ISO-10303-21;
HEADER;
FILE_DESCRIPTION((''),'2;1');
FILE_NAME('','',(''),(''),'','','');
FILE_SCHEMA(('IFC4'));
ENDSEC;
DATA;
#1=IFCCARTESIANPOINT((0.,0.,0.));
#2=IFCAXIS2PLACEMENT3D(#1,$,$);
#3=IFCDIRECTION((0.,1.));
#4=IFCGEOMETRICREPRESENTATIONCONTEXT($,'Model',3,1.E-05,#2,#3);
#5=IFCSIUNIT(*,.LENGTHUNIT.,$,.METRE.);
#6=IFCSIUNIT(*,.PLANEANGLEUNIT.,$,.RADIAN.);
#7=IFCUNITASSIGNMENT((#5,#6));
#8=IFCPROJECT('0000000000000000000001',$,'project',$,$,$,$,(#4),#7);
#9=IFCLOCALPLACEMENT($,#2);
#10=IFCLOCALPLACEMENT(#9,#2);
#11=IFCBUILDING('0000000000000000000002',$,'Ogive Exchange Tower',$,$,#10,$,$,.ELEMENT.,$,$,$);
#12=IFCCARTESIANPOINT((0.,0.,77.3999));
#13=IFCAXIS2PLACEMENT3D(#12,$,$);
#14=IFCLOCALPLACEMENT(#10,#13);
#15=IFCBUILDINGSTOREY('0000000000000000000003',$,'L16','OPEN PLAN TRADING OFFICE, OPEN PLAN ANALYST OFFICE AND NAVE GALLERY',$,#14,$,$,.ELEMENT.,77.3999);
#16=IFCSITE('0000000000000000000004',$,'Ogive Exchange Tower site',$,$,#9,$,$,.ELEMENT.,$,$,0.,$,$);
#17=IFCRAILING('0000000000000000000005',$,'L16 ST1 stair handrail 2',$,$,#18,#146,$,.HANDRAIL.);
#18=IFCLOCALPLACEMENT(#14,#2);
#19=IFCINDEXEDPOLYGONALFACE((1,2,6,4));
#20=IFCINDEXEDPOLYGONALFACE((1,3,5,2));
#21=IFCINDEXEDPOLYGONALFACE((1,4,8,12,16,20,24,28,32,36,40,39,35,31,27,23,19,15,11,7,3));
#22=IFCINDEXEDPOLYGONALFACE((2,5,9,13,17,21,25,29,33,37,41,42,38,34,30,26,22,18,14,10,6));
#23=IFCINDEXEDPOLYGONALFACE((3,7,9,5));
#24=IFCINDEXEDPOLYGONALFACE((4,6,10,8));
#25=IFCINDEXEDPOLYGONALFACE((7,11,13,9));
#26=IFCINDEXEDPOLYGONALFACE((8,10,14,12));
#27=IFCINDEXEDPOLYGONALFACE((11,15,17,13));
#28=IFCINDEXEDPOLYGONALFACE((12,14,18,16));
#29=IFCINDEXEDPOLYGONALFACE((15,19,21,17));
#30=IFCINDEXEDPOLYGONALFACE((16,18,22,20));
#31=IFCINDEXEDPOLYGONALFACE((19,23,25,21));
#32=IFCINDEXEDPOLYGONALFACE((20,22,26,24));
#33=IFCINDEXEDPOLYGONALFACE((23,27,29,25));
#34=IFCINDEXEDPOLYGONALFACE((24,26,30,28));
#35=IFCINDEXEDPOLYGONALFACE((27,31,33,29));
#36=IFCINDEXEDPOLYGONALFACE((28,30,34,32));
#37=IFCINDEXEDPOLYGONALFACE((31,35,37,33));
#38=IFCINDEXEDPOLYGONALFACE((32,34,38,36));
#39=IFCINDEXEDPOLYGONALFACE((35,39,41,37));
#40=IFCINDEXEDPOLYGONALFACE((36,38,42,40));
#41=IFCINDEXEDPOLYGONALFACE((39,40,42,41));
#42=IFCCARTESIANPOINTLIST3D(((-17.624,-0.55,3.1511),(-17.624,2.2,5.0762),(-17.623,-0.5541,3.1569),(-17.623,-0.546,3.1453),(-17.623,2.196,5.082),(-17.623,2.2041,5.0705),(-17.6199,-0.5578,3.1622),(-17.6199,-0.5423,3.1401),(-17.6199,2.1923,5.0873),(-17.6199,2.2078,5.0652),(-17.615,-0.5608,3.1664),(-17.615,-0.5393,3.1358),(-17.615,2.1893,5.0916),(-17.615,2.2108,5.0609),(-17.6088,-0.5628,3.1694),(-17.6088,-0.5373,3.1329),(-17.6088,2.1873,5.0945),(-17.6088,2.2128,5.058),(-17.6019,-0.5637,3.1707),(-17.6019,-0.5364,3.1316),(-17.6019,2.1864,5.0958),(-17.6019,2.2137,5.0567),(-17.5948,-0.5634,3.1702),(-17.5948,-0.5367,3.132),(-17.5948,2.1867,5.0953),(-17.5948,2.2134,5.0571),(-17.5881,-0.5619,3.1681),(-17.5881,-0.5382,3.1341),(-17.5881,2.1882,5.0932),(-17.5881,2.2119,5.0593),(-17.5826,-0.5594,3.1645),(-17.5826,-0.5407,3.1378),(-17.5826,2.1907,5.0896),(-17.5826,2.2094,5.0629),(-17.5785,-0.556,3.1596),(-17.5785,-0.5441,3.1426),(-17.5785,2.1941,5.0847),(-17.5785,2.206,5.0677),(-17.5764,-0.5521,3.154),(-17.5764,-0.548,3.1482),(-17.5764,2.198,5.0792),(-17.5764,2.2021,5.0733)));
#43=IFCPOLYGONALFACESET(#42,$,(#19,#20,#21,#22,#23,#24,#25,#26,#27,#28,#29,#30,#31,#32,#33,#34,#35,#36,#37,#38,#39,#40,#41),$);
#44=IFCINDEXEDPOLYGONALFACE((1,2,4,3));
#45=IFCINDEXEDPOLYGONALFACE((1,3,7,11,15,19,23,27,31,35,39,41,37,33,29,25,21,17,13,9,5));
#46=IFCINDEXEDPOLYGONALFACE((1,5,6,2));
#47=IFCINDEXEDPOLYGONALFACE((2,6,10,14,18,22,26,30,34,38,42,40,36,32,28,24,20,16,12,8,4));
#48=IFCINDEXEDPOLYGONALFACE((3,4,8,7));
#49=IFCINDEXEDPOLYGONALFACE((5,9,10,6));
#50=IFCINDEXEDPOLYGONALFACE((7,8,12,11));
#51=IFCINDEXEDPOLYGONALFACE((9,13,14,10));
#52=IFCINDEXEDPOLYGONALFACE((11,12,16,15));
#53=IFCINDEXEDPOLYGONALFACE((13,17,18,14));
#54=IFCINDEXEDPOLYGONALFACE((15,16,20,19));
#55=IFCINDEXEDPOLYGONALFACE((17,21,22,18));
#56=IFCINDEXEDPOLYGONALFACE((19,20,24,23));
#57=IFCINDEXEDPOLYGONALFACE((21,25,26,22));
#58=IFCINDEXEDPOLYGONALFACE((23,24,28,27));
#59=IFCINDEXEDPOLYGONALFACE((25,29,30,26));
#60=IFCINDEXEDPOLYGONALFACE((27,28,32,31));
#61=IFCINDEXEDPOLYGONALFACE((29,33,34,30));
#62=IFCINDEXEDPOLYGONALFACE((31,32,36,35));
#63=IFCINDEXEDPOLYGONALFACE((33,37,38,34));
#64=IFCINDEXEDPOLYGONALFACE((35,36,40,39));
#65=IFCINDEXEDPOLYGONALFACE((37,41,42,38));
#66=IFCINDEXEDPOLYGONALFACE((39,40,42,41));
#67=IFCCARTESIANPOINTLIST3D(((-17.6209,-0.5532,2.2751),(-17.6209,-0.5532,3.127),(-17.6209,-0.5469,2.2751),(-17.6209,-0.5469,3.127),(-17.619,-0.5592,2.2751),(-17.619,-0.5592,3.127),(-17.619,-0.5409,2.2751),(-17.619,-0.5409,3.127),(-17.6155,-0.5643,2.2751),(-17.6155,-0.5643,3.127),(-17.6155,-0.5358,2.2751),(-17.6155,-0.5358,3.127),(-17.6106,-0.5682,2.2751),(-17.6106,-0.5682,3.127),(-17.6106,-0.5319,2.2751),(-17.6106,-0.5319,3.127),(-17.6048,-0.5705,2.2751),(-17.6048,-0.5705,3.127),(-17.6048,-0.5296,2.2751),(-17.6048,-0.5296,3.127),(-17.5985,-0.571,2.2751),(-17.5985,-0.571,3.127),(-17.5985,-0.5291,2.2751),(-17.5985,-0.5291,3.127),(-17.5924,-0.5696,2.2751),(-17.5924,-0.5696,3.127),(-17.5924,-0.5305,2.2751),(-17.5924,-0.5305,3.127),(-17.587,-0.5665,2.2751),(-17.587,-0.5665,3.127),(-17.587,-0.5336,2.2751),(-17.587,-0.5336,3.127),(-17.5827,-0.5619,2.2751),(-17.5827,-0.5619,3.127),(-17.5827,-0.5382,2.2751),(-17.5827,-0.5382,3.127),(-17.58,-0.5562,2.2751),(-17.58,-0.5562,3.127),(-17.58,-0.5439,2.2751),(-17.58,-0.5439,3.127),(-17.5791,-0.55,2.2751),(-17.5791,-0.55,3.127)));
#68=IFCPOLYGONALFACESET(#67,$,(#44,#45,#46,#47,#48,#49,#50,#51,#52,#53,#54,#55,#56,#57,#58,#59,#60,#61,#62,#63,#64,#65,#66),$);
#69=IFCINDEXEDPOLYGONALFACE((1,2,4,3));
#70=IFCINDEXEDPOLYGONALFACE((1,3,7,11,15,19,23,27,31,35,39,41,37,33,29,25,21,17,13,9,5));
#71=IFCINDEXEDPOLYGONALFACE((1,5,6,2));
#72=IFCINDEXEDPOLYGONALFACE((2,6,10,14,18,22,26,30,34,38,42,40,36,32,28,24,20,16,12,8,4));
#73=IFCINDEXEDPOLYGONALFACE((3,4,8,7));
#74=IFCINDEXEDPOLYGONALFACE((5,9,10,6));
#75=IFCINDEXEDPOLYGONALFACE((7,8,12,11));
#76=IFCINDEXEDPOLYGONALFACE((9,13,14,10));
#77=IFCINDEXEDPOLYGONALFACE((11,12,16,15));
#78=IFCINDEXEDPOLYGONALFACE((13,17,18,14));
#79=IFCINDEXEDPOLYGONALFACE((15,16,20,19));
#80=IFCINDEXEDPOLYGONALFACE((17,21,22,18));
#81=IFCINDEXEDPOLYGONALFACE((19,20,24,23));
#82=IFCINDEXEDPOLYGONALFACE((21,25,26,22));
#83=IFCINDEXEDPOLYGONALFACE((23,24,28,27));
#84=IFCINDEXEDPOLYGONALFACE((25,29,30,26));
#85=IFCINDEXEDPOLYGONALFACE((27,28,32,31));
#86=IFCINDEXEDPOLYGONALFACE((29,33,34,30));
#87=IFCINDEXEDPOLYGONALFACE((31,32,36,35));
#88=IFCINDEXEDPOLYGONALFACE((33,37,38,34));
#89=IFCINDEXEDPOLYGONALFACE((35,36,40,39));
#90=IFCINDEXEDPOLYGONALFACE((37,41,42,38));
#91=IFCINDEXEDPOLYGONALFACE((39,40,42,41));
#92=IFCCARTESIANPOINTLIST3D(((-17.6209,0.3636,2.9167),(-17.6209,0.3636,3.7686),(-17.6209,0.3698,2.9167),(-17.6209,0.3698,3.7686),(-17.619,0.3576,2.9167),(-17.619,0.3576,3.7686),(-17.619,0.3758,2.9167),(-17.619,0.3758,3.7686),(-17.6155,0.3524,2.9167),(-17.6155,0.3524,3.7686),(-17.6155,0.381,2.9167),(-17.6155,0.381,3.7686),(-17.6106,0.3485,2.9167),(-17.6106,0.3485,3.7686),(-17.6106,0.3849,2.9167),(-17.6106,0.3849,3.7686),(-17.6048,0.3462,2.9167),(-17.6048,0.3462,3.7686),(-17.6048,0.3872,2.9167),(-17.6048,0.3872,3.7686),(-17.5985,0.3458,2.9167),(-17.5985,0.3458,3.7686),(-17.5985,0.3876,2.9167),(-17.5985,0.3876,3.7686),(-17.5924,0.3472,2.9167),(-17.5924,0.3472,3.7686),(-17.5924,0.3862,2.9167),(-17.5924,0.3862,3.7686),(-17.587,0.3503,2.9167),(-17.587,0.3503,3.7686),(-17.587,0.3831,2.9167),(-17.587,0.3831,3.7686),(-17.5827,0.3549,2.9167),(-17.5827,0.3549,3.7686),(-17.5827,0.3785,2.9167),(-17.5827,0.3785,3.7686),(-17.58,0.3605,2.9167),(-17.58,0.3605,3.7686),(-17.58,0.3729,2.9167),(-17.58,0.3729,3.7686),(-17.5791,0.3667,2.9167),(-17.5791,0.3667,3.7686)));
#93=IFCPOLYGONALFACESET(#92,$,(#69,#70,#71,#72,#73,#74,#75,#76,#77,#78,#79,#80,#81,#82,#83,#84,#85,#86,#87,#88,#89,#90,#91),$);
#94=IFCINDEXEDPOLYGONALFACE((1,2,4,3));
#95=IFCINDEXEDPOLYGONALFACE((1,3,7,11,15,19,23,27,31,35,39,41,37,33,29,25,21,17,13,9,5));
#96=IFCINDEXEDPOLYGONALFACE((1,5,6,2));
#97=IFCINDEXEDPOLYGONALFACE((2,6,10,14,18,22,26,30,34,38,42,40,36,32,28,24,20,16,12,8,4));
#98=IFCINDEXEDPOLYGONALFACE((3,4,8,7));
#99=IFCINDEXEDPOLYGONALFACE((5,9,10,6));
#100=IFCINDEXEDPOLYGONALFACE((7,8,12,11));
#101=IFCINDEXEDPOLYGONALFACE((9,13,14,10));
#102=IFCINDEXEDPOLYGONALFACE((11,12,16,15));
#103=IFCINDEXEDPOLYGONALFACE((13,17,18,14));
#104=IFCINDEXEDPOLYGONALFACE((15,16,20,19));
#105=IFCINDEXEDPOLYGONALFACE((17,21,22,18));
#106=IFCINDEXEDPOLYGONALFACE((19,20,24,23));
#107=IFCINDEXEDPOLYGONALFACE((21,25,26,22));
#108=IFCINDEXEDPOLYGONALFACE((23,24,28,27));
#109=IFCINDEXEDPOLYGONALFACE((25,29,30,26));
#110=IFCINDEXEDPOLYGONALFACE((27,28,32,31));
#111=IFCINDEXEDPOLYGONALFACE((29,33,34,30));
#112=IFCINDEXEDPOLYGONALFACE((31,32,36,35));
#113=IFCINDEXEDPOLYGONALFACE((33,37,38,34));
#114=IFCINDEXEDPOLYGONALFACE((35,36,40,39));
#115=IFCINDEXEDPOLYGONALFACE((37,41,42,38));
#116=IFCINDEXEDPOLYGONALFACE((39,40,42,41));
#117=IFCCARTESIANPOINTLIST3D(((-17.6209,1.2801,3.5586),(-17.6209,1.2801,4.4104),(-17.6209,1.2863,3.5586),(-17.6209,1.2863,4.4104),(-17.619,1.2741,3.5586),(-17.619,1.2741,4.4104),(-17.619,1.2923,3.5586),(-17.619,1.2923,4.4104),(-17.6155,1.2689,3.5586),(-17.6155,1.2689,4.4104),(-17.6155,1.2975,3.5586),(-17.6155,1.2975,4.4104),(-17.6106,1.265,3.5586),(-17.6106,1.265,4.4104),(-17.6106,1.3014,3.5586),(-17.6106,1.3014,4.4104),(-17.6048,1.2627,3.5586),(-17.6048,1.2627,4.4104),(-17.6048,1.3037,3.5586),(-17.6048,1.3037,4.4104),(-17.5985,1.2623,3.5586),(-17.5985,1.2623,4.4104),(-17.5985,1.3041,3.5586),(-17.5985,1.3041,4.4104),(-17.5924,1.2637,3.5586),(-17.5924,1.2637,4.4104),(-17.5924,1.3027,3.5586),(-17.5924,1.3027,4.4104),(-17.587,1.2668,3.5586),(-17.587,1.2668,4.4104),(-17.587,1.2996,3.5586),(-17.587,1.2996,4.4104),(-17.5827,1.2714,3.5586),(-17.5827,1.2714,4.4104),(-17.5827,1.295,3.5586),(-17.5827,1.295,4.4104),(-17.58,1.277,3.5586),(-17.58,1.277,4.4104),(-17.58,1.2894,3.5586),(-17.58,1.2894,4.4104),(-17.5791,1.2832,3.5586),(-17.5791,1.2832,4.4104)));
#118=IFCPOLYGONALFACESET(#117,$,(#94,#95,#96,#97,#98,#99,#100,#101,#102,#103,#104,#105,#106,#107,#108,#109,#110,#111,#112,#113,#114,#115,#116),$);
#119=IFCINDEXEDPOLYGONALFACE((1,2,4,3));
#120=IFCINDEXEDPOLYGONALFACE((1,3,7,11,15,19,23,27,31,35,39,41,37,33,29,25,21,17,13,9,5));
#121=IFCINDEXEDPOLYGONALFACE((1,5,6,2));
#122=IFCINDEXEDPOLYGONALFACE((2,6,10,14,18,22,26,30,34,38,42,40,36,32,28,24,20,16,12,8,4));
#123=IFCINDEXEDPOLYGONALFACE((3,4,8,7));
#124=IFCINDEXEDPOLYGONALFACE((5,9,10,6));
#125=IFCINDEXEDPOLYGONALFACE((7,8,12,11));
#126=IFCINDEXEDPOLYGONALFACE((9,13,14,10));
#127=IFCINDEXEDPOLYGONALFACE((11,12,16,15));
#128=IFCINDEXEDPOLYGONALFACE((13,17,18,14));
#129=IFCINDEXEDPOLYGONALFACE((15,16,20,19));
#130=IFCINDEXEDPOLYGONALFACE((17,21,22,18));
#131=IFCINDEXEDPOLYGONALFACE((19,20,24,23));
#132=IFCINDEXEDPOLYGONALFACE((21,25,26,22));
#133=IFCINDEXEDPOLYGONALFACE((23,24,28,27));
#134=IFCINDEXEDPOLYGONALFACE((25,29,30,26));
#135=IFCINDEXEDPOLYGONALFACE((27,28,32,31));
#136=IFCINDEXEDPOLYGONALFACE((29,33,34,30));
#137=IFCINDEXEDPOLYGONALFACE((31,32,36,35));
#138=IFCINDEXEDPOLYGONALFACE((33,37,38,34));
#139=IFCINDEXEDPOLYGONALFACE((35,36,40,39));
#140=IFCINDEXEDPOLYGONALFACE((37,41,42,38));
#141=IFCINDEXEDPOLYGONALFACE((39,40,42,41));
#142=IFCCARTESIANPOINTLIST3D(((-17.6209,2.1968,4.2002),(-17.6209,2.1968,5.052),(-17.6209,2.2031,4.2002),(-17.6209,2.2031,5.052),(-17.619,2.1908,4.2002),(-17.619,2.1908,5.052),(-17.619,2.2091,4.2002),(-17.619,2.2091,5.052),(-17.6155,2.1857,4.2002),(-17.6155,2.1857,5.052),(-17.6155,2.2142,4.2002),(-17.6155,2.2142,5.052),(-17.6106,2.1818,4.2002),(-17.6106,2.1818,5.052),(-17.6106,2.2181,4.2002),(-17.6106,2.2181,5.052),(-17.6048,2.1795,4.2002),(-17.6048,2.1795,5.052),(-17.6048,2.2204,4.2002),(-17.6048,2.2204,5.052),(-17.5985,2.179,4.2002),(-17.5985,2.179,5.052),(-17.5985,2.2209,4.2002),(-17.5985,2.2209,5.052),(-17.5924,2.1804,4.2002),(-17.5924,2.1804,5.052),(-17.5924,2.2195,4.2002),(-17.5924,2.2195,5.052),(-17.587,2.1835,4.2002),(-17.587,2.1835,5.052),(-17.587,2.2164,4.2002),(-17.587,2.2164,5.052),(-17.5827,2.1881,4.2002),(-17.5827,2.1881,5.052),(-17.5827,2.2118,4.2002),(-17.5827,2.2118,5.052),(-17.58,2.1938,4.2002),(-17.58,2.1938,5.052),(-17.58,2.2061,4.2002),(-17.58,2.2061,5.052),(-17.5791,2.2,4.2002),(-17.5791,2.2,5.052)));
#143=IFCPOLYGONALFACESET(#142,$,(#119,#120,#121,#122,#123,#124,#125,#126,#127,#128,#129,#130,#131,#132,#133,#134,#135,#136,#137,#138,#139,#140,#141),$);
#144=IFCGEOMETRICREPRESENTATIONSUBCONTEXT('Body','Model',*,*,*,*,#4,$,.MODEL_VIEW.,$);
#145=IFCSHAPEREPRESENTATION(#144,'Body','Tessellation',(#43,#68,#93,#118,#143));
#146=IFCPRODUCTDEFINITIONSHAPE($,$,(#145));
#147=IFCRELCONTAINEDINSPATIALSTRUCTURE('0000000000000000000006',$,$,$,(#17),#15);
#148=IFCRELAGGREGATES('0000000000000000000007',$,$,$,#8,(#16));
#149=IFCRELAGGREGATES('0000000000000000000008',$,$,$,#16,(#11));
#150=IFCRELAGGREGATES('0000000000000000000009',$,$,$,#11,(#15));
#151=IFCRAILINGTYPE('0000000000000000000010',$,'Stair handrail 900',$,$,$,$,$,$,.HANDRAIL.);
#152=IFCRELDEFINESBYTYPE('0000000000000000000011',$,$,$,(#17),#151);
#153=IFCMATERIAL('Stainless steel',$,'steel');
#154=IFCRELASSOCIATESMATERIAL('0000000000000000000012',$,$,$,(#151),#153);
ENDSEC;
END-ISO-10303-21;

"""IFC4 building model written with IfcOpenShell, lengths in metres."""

from ifc_helpers import new_model, si_unit, direction, frame, origin, origin_2d, place, context, subcontext, project, spatial, circle, extrude, material, type_object, element, save


model = new_model("IFC4")

# Units and contexts
model_context = context("Model", 3, precision=1e-05, world=origin(), true_north=direction((0.0, 1.0)))
body_context = subcontext(model_context, "Body", "Model", "MODEL_VIEW")
ifc_project = project(units=[si_unit("LENGTHUNIT", "METRE"), si_unit("PLANEANGLEUNIT", "RADIAN")], contexts=[model_context])

# Site, building, storey
site_placement = place(None, origin())
site = spatial("IfcSite", under=ifc_project, at=site_placement, Name="Ogive Exchange Tower site", CompositionType="ELEMENT", RefElevation=0.0)
building_placement = place(site_placement, origin())
building = spatial("IfcBuilding", under=site, at=building_placement, Name="Ogive Exchange Tower", CompositionType="ELEMENT")
storey_placement = place(building_placement, frame((0.0, 0.0, 77.3999)))
storey = spatial("IfcBuildingStorey", under=building, at=storey_placement, Name="L16", Description="OPEN PLAN TRADING OFFICE, OPEN PLAN ANALYST OFFICE AND NAVE GALLERY", CompositionType="ELEMENT", Elevation=77.3999)

# Shared definitions
ifc_material_1 = material(Name="Stainless steel", Category="steel")

# Railing
railing_type = type_object("IfcRailingType", Name="Stair handrail 900", PredefinedType="HANDRAIL", material=ifc_material_1)
railing_placement = place(storey_placement, frame((-17.6001, -0.55, 2.2751)))
element("IfcRailing", 1, at=railing_placement, inside=storey, type_object=railing_type, Name="L16 ST1 stair handrail 2", PredefinedType="HANDRAIL", context=body_context, shape_type="SweptSolid", body=[
    extrude(circle(Radius=0.0239, at=origin_2d()), frame((0.0, 0.0, 0.876), z_axis=(0.0, 0.819225, 0.573472), x_axis=(-1.0, 0.0, 0.0)), (0.0, 0.0, 1.0), 3.3569),
    extrude(circle(Radius=0.021, at=origin_2d()), origin(), (0.0, 0.0, 1.0), 0.8518),
    extrude(circle(Radius=0.021, at=origin_2d()), frame((0.0, 0.9167, 0.6416)), (0.0, 0.0, 1.0), 0.8518),
    extrude(circle(Radius=0.021, at=origin_2d()), frame((0.0, 1.8333, 1.2834)), (0.0, 0.0, 1.0), 0.8518),
    extrude(circle(Radius=0.021, at=origin_2d()), frame((0.0, 2.75, 1.925)), (0.0, 0.0, 1.0), 0.8518),
])

save(model, "model.ifc")
